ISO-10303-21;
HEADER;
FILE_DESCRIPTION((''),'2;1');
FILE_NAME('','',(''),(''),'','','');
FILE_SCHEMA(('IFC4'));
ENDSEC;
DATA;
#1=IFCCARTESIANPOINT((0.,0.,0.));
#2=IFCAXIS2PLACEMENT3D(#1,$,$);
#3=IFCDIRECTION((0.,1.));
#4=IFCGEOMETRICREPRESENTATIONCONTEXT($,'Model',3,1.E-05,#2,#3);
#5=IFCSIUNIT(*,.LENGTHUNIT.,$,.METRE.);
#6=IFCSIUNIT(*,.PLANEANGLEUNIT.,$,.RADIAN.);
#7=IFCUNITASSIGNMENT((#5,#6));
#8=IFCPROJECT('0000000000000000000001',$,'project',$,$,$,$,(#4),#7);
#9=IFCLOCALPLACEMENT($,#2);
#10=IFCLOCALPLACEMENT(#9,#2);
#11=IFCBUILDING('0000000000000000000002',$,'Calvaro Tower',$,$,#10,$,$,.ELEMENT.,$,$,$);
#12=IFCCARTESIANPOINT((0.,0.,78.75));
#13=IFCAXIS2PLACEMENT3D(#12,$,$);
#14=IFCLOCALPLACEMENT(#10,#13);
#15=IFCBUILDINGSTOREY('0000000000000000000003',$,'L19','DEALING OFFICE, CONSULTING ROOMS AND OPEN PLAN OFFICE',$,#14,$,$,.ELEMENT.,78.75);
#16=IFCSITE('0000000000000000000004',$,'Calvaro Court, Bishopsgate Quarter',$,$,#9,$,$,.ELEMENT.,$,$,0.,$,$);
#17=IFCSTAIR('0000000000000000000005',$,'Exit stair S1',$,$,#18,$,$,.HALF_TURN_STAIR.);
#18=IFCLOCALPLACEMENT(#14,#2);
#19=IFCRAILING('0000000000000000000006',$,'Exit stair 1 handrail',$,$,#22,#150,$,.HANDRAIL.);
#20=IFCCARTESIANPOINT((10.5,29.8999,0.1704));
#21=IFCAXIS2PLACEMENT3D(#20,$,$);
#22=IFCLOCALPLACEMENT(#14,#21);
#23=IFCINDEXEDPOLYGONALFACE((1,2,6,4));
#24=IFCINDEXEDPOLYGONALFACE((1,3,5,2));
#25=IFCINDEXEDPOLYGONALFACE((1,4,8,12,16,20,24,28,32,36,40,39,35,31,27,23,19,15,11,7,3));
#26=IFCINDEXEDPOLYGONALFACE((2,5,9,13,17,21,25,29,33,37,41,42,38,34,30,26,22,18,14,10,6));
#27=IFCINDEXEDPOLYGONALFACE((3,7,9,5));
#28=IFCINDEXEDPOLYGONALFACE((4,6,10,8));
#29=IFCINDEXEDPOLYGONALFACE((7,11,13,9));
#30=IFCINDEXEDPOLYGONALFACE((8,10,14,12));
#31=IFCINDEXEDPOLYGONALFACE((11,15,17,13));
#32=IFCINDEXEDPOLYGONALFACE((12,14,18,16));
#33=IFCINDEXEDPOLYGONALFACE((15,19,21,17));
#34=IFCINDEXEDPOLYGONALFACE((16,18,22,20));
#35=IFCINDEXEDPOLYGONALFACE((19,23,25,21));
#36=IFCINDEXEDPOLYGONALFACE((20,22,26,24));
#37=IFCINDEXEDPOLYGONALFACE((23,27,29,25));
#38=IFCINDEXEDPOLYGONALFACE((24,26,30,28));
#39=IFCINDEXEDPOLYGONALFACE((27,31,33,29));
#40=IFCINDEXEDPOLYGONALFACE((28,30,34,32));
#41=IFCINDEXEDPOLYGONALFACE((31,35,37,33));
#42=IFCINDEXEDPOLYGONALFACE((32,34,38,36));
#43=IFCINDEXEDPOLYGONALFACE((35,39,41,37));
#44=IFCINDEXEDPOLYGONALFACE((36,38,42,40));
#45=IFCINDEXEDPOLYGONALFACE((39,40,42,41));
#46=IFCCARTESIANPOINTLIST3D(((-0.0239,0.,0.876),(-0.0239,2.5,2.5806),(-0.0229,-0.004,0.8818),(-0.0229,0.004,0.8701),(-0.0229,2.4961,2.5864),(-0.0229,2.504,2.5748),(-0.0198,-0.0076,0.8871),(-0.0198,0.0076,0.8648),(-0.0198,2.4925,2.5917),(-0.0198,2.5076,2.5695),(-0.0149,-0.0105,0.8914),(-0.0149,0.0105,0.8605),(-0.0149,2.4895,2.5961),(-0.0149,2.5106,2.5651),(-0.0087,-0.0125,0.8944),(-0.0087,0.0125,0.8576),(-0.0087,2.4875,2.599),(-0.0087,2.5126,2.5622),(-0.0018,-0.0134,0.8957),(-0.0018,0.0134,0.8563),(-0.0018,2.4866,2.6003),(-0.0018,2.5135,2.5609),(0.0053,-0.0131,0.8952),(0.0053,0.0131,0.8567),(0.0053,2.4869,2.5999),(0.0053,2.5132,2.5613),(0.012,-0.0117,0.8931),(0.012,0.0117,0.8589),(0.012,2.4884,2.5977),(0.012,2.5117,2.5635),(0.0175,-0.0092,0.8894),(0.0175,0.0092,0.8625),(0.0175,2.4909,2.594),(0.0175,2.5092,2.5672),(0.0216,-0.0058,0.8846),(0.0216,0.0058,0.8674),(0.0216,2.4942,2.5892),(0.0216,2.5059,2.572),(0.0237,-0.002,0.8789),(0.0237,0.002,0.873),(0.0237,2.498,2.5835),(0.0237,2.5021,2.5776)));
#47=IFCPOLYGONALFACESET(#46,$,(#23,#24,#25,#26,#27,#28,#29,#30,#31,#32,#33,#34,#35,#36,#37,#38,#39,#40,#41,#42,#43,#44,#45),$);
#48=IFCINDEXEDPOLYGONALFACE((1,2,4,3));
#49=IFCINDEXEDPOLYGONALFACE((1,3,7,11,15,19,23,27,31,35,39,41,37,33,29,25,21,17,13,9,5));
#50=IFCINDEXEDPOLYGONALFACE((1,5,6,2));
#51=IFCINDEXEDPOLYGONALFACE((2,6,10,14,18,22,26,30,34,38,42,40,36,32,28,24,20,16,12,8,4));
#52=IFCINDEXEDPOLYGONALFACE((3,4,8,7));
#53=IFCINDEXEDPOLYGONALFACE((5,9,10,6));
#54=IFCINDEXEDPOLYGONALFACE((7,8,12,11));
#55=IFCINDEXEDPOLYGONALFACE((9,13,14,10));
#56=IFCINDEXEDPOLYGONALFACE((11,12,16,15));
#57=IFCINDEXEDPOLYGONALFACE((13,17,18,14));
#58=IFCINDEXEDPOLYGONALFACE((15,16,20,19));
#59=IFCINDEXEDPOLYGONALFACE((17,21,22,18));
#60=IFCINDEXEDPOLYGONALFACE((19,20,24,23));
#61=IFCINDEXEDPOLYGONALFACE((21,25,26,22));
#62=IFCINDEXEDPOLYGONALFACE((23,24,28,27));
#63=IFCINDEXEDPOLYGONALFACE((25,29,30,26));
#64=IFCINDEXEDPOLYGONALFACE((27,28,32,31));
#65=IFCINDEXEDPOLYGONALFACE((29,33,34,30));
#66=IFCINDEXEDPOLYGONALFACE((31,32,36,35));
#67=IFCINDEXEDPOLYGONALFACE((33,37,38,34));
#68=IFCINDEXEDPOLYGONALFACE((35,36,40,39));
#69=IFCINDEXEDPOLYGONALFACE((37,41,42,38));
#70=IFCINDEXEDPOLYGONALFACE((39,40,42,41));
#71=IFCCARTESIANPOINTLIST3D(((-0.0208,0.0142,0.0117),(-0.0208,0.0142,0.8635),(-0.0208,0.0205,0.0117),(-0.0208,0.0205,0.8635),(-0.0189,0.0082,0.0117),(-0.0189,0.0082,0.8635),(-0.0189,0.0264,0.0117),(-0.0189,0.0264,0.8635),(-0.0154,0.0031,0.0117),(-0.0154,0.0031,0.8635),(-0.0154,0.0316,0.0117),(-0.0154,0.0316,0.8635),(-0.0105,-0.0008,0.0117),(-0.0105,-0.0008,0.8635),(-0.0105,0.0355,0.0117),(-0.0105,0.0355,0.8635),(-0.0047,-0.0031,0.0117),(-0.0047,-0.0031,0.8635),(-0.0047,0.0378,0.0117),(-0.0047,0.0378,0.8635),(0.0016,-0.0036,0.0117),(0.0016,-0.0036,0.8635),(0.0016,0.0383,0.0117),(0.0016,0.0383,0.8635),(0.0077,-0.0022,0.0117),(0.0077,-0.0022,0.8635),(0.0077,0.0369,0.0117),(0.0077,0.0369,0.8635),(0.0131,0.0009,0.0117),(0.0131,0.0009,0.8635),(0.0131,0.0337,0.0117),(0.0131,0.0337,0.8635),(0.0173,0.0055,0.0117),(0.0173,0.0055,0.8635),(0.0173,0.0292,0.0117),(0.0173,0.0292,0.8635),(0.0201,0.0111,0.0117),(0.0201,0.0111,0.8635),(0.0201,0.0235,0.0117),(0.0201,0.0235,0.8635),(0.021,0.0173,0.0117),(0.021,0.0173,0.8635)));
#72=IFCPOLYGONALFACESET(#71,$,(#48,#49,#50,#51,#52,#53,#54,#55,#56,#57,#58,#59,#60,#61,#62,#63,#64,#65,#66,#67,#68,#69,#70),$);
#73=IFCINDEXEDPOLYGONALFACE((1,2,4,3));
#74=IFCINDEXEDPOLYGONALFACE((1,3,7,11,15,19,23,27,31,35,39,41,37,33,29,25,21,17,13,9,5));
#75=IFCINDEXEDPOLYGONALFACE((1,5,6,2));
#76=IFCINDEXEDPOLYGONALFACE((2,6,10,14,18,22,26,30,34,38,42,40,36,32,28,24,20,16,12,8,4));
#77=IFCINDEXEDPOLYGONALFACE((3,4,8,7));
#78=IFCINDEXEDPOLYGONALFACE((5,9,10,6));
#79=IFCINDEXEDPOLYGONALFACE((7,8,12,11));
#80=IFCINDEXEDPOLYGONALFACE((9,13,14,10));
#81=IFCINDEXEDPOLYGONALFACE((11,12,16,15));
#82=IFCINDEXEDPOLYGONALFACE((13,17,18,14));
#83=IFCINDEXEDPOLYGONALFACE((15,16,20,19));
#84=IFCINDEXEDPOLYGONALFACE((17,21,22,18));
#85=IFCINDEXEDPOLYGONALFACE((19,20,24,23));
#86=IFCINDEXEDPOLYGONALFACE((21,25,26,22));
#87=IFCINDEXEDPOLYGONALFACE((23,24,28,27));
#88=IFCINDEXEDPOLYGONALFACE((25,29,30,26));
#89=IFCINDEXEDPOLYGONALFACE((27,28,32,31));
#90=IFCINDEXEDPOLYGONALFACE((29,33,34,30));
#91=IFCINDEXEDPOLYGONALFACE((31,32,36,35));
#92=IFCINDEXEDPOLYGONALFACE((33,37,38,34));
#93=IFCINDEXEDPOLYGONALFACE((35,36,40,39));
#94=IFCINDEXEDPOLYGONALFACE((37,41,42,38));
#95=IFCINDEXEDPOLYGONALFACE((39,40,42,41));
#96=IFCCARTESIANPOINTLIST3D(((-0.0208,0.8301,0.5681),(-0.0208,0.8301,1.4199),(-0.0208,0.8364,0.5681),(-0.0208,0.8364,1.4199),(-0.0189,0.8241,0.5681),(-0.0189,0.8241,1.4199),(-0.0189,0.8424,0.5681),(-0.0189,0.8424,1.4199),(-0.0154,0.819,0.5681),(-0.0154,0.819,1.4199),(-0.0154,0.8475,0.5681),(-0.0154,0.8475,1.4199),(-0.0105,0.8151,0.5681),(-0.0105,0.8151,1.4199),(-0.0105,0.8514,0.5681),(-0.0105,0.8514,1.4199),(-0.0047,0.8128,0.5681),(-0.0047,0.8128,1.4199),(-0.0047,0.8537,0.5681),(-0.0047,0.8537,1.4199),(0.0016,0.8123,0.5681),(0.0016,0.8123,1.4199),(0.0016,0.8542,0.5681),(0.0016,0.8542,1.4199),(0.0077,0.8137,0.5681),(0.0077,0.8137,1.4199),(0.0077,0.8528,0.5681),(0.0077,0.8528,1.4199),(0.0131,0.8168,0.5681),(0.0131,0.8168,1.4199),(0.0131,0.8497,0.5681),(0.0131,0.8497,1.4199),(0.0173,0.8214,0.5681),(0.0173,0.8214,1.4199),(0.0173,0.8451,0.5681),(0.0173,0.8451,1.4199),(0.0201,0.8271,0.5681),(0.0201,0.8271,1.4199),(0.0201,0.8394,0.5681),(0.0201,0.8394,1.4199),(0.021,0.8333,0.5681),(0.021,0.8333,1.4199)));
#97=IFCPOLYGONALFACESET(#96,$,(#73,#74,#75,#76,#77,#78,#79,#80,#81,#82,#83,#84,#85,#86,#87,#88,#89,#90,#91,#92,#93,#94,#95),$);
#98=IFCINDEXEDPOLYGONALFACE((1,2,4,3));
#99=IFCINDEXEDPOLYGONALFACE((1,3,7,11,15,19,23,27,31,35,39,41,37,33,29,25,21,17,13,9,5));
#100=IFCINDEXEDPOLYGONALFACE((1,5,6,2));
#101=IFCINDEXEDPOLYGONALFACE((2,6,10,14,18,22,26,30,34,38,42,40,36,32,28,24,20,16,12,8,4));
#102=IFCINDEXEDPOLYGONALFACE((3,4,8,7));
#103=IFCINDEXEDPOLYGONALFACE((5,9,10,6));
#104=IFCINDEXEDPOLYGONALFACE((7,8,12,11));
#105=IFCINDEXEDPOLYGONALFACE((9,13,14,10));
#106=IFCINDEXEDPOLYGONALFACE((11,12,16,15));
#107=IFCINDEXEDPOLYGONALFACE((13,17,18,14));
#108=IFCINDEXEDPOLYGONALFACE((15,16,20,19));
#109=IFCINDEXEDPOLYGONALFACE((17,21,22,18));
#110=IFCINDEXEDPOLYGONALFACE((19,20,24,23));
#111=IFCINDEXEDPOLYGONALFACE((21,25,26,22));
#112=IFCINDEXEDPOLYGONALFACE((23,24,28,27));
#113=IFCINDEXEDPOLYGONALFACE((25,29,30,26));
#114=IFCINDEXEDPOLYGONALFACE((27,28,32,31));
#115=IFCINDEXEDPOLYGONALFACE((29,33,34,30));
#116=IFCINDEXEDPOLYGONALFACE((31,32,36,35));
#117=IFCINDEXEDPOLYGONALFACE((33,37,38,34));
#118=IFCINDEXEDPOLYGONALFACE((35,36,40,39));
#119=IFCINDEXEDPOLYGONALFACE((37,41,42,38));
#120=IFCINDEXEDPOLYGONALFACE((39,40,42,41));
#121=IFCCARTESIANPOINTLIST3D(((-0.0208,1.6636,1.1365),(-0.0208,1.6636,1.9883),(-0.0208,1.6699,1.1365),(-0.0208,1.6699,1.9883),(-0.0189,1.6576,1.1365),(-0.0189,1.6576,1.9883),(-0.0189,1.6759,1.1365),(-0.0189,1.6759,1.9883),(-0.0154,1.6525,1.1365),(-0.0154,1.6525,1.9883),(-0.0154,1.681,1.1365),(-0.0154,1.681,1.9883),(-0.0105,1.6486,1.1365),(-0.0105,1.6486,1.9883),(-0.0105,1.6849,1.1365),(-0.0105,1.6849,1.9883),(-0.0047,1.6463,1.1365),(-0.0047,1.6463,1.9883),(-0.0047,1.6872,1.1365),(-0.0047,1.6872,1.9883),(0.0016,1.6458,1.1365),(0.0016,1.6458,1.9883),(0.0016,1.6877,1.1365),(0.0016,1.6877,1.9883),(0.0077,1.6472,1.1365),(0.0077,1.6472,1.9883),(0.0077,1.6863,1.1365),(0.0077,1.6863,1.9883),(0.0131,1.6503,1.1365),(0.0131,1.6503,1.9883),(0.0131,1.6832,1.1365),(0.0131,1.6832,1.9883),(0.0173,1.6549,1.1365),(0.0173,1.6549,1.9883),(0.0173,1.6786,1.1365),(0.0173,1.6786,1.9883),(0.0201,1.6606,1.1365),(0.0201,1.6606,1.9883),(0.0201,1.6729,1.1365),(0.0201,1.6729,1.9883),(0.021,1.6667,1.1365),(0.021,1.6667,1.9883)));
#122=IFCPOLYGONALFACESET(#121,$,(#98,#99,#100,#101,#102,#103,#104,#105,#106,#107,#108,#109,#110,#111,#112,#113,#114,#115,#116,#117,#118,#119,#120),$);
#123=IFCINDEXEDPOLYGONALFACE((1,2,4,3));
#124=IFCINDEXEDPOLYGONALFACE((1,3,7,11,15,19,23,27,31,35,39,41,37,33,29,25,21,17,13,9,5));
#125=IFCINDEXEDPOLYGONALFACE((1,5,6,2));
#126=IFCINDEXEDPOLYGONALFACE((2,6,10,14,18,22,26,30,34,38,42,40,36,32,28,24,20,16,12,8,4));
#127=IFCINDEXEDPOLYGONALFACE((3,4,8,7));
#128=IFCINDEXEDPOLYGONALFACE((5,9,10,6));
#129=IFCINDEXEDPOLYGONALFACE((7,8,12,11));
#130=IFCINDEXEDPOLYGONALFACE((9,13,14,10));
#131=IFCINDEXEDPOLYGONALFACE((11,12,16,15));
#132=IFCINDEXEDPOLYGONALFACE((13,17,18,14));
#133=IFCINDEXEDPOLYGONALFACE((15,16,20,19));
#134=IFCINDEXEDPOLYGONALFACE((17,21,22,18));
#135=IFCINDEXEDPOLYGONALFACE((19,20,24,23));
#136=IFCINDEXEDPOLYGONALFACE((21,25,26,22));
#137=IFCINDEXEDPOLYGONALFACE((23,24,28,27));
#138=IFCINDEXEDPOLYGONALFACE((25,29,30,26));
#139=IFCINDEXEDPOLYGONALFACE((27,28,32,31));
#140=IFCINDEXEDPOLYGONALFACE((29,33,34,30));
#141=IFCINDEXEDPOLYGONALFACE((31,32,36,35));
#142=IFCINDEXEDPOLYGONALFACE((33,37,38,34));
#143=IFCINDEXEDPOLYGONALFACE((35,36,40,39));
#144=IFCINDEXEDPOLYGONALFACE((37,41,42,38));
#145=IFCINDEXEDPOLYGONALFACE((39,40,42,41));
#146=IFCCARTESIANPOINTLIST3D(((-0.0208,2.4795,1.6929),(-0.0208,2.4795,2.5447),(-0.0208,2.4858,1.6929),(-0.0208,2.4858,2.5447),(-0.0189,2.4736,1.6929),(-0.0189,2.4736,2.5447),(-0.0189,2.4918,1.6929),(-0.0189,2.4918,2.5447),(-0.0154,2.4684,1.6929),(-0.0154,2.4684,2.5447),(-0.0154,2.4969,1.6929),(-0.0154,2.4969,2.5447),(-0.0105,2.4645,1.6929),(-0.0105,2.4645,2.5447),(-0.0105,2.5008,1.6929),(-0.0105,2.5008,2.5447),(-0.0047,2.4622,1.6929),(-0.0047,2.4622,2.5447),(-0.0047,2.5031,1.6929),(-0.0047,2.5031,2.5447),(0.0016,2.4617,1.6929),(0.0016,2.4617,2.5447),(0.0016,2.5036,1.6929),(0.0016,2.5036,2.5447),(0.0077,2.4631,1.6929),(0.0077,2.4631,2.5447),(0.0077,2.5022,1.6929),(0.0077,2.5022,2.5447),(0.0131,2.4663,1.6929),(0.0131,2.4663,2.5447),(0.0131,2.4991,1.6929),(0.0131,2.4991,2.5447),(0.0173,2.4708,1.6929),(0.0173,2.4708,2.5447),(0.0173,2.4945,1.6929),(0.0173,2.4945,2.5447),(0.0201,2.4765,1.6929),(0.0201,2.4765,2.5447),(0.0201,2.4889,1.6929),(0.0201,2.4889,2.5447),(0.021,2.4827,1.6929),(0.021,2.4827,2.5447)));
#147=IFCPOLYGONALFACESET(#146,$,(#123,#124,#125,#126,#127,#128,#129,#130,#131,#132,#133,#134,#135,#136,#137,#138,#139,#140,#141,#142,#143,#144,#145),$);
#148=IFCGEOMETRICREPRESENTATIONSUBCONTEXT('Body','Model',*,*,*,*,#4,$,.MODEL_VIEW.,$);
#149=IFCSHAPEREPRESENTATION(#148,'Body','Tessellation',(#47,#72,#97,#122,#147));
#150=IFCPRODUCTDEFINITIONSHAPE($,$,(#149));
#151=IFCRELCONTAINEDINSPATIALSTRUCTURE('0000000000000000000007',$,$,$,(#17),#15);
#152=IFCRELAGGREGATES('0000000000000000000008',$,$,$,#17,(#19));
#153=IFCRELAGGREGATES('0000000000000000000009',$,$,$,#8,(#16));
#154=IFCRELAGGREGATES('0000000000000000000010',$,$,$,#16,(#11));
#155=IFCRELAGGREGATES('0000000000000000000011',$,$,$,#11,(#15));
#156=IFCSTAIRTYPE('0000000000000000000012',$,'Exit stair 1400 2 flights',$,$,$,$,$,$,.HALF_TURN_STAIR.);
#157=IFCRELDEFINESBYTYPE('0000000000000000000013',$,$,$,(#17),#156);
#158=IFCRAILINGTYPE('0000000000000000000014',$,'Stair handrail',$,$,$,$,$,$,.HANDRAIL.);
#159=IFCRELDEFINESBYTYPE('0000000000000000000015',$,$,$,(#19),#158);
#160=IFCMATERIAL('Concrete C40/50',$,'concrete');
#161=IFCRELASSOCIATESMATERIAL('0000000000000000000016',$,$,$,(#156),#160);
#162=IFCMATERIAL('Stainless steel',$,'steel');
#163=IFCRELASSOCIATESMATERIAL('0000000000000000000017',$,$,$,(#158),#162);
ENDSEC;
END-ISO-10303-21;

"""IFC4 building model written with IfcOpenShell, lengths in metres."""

from ifc_helpers import new_model, si_unit, direction, frame, origin, origin_2d, place, context, subcontext, project, spatial, circle, extrude, material, type_object, element, aggregate, save


model = new_model("IFC4")

# Units and contexts
model_context = context("Model", 3, precision=1e-05, world=origin(), true_north=direction((0.0, 1.0)))
body_context = subcontext(model_context, "Body", "Model", "MODEL_VIEW")
ifc_project = project(units=[si_unit("LENGTHUNIT", "METRE"), si_unit("PLANEANGLEUNIT", "RADIAN")], contexts=[model_context])

# Site, building, storey
site_placement = place(None, origin())
site = spatial("IfcSite", under=ifc_project, at=site_placement, Name="Calvaro Court, Bishopsgate Quarter", CompositionType="ELEMENT", RefElevation=0.0)
building_placement = place(site_placement, origin())
building = spatial("IfcBuilding", under=site, at=building_placement, Name="Calvaro Tower", CompositionType="ELEMENT")
storey_placement = place(building_placement, frame((0.0, 0.0, 78.75)))
storey = spatial("IfcBuildingStorey", under=building, at=storey_placement, Name="L19", Description="DEALING OFFICE, CONSULTING ROOMS AND OPEN PLAN OFFICE", CompositionType="ELEMENT", Elevation=78.75)

# Stair, railing
ifc_material_1 = material(Name="Concrete C40/50", Category="concrete")
stair_type = type_object("IfcStairType", Name="Exit stair 1400 2 flights", PredefinedType="HALF_TURN_STAIR", material=ifc_material_1)
stair_placement = place(storey_placement, origin())
stair = element("IfcStair", 1, at=stair_placement, inside=storey, type_object=stair_type, Name="Exit stair S1", PredefinedType="HALF_TURN_STAIR")
ifc_material_2 = material(Name="Stainless steel", Category="steel")
railing_type = type_object("IfcRailingType", Name="Stair handrail", PredefinedType="HANDRAIL", material=ifc_material_2)
railing_1_placement = place(storey_placement, frame((10.5, 29.8999, 0.1704)))
railing_1 = element("IfcRailing", 2, at=railing_1_placement, type_object=railing_type, Name="Exit stair 1 handrail", PredefinedType="HANDRAIL", context=body_context, shape_type="SweptSolid", body=[
    extrude(circle(Radius=0.0239, at=origin_2d()), frame((0.0, 0.0, 0.876), z_axis=(0.0, 0.826221, 0.563347), x_axis=(-1.0, 0.0, 0.0)), (0.0, 0.0, 1.0), 3.0259),
    extrude(circle(Radius=0.021, at=origin_2d()), frame((0.0, 0.0173, 0.0117)), (0.0, 0.0, 1.0), 0.8518),
    extrude(circle(Radius=0.021, at=origin_2d()), frame((0.0, 0.8333, 0.5681)), (0.0, 0.0, 1.0), 0.8518),
    extrude(circle(Radius=0.021, at=origin_2d()), frame((0.0, 1.6667, 1.1365)), (0.0, 0.0, 1.0), 0.8518),
    extrude(circle(Radius=0.021, at=origin_2d()), frame((0.0, 2.4827, 1.6929)), (0.0, 0.0, 1.0), 0.8518),
])
aggregate(stair, [railing_1])

save(model, "model.ifc")
